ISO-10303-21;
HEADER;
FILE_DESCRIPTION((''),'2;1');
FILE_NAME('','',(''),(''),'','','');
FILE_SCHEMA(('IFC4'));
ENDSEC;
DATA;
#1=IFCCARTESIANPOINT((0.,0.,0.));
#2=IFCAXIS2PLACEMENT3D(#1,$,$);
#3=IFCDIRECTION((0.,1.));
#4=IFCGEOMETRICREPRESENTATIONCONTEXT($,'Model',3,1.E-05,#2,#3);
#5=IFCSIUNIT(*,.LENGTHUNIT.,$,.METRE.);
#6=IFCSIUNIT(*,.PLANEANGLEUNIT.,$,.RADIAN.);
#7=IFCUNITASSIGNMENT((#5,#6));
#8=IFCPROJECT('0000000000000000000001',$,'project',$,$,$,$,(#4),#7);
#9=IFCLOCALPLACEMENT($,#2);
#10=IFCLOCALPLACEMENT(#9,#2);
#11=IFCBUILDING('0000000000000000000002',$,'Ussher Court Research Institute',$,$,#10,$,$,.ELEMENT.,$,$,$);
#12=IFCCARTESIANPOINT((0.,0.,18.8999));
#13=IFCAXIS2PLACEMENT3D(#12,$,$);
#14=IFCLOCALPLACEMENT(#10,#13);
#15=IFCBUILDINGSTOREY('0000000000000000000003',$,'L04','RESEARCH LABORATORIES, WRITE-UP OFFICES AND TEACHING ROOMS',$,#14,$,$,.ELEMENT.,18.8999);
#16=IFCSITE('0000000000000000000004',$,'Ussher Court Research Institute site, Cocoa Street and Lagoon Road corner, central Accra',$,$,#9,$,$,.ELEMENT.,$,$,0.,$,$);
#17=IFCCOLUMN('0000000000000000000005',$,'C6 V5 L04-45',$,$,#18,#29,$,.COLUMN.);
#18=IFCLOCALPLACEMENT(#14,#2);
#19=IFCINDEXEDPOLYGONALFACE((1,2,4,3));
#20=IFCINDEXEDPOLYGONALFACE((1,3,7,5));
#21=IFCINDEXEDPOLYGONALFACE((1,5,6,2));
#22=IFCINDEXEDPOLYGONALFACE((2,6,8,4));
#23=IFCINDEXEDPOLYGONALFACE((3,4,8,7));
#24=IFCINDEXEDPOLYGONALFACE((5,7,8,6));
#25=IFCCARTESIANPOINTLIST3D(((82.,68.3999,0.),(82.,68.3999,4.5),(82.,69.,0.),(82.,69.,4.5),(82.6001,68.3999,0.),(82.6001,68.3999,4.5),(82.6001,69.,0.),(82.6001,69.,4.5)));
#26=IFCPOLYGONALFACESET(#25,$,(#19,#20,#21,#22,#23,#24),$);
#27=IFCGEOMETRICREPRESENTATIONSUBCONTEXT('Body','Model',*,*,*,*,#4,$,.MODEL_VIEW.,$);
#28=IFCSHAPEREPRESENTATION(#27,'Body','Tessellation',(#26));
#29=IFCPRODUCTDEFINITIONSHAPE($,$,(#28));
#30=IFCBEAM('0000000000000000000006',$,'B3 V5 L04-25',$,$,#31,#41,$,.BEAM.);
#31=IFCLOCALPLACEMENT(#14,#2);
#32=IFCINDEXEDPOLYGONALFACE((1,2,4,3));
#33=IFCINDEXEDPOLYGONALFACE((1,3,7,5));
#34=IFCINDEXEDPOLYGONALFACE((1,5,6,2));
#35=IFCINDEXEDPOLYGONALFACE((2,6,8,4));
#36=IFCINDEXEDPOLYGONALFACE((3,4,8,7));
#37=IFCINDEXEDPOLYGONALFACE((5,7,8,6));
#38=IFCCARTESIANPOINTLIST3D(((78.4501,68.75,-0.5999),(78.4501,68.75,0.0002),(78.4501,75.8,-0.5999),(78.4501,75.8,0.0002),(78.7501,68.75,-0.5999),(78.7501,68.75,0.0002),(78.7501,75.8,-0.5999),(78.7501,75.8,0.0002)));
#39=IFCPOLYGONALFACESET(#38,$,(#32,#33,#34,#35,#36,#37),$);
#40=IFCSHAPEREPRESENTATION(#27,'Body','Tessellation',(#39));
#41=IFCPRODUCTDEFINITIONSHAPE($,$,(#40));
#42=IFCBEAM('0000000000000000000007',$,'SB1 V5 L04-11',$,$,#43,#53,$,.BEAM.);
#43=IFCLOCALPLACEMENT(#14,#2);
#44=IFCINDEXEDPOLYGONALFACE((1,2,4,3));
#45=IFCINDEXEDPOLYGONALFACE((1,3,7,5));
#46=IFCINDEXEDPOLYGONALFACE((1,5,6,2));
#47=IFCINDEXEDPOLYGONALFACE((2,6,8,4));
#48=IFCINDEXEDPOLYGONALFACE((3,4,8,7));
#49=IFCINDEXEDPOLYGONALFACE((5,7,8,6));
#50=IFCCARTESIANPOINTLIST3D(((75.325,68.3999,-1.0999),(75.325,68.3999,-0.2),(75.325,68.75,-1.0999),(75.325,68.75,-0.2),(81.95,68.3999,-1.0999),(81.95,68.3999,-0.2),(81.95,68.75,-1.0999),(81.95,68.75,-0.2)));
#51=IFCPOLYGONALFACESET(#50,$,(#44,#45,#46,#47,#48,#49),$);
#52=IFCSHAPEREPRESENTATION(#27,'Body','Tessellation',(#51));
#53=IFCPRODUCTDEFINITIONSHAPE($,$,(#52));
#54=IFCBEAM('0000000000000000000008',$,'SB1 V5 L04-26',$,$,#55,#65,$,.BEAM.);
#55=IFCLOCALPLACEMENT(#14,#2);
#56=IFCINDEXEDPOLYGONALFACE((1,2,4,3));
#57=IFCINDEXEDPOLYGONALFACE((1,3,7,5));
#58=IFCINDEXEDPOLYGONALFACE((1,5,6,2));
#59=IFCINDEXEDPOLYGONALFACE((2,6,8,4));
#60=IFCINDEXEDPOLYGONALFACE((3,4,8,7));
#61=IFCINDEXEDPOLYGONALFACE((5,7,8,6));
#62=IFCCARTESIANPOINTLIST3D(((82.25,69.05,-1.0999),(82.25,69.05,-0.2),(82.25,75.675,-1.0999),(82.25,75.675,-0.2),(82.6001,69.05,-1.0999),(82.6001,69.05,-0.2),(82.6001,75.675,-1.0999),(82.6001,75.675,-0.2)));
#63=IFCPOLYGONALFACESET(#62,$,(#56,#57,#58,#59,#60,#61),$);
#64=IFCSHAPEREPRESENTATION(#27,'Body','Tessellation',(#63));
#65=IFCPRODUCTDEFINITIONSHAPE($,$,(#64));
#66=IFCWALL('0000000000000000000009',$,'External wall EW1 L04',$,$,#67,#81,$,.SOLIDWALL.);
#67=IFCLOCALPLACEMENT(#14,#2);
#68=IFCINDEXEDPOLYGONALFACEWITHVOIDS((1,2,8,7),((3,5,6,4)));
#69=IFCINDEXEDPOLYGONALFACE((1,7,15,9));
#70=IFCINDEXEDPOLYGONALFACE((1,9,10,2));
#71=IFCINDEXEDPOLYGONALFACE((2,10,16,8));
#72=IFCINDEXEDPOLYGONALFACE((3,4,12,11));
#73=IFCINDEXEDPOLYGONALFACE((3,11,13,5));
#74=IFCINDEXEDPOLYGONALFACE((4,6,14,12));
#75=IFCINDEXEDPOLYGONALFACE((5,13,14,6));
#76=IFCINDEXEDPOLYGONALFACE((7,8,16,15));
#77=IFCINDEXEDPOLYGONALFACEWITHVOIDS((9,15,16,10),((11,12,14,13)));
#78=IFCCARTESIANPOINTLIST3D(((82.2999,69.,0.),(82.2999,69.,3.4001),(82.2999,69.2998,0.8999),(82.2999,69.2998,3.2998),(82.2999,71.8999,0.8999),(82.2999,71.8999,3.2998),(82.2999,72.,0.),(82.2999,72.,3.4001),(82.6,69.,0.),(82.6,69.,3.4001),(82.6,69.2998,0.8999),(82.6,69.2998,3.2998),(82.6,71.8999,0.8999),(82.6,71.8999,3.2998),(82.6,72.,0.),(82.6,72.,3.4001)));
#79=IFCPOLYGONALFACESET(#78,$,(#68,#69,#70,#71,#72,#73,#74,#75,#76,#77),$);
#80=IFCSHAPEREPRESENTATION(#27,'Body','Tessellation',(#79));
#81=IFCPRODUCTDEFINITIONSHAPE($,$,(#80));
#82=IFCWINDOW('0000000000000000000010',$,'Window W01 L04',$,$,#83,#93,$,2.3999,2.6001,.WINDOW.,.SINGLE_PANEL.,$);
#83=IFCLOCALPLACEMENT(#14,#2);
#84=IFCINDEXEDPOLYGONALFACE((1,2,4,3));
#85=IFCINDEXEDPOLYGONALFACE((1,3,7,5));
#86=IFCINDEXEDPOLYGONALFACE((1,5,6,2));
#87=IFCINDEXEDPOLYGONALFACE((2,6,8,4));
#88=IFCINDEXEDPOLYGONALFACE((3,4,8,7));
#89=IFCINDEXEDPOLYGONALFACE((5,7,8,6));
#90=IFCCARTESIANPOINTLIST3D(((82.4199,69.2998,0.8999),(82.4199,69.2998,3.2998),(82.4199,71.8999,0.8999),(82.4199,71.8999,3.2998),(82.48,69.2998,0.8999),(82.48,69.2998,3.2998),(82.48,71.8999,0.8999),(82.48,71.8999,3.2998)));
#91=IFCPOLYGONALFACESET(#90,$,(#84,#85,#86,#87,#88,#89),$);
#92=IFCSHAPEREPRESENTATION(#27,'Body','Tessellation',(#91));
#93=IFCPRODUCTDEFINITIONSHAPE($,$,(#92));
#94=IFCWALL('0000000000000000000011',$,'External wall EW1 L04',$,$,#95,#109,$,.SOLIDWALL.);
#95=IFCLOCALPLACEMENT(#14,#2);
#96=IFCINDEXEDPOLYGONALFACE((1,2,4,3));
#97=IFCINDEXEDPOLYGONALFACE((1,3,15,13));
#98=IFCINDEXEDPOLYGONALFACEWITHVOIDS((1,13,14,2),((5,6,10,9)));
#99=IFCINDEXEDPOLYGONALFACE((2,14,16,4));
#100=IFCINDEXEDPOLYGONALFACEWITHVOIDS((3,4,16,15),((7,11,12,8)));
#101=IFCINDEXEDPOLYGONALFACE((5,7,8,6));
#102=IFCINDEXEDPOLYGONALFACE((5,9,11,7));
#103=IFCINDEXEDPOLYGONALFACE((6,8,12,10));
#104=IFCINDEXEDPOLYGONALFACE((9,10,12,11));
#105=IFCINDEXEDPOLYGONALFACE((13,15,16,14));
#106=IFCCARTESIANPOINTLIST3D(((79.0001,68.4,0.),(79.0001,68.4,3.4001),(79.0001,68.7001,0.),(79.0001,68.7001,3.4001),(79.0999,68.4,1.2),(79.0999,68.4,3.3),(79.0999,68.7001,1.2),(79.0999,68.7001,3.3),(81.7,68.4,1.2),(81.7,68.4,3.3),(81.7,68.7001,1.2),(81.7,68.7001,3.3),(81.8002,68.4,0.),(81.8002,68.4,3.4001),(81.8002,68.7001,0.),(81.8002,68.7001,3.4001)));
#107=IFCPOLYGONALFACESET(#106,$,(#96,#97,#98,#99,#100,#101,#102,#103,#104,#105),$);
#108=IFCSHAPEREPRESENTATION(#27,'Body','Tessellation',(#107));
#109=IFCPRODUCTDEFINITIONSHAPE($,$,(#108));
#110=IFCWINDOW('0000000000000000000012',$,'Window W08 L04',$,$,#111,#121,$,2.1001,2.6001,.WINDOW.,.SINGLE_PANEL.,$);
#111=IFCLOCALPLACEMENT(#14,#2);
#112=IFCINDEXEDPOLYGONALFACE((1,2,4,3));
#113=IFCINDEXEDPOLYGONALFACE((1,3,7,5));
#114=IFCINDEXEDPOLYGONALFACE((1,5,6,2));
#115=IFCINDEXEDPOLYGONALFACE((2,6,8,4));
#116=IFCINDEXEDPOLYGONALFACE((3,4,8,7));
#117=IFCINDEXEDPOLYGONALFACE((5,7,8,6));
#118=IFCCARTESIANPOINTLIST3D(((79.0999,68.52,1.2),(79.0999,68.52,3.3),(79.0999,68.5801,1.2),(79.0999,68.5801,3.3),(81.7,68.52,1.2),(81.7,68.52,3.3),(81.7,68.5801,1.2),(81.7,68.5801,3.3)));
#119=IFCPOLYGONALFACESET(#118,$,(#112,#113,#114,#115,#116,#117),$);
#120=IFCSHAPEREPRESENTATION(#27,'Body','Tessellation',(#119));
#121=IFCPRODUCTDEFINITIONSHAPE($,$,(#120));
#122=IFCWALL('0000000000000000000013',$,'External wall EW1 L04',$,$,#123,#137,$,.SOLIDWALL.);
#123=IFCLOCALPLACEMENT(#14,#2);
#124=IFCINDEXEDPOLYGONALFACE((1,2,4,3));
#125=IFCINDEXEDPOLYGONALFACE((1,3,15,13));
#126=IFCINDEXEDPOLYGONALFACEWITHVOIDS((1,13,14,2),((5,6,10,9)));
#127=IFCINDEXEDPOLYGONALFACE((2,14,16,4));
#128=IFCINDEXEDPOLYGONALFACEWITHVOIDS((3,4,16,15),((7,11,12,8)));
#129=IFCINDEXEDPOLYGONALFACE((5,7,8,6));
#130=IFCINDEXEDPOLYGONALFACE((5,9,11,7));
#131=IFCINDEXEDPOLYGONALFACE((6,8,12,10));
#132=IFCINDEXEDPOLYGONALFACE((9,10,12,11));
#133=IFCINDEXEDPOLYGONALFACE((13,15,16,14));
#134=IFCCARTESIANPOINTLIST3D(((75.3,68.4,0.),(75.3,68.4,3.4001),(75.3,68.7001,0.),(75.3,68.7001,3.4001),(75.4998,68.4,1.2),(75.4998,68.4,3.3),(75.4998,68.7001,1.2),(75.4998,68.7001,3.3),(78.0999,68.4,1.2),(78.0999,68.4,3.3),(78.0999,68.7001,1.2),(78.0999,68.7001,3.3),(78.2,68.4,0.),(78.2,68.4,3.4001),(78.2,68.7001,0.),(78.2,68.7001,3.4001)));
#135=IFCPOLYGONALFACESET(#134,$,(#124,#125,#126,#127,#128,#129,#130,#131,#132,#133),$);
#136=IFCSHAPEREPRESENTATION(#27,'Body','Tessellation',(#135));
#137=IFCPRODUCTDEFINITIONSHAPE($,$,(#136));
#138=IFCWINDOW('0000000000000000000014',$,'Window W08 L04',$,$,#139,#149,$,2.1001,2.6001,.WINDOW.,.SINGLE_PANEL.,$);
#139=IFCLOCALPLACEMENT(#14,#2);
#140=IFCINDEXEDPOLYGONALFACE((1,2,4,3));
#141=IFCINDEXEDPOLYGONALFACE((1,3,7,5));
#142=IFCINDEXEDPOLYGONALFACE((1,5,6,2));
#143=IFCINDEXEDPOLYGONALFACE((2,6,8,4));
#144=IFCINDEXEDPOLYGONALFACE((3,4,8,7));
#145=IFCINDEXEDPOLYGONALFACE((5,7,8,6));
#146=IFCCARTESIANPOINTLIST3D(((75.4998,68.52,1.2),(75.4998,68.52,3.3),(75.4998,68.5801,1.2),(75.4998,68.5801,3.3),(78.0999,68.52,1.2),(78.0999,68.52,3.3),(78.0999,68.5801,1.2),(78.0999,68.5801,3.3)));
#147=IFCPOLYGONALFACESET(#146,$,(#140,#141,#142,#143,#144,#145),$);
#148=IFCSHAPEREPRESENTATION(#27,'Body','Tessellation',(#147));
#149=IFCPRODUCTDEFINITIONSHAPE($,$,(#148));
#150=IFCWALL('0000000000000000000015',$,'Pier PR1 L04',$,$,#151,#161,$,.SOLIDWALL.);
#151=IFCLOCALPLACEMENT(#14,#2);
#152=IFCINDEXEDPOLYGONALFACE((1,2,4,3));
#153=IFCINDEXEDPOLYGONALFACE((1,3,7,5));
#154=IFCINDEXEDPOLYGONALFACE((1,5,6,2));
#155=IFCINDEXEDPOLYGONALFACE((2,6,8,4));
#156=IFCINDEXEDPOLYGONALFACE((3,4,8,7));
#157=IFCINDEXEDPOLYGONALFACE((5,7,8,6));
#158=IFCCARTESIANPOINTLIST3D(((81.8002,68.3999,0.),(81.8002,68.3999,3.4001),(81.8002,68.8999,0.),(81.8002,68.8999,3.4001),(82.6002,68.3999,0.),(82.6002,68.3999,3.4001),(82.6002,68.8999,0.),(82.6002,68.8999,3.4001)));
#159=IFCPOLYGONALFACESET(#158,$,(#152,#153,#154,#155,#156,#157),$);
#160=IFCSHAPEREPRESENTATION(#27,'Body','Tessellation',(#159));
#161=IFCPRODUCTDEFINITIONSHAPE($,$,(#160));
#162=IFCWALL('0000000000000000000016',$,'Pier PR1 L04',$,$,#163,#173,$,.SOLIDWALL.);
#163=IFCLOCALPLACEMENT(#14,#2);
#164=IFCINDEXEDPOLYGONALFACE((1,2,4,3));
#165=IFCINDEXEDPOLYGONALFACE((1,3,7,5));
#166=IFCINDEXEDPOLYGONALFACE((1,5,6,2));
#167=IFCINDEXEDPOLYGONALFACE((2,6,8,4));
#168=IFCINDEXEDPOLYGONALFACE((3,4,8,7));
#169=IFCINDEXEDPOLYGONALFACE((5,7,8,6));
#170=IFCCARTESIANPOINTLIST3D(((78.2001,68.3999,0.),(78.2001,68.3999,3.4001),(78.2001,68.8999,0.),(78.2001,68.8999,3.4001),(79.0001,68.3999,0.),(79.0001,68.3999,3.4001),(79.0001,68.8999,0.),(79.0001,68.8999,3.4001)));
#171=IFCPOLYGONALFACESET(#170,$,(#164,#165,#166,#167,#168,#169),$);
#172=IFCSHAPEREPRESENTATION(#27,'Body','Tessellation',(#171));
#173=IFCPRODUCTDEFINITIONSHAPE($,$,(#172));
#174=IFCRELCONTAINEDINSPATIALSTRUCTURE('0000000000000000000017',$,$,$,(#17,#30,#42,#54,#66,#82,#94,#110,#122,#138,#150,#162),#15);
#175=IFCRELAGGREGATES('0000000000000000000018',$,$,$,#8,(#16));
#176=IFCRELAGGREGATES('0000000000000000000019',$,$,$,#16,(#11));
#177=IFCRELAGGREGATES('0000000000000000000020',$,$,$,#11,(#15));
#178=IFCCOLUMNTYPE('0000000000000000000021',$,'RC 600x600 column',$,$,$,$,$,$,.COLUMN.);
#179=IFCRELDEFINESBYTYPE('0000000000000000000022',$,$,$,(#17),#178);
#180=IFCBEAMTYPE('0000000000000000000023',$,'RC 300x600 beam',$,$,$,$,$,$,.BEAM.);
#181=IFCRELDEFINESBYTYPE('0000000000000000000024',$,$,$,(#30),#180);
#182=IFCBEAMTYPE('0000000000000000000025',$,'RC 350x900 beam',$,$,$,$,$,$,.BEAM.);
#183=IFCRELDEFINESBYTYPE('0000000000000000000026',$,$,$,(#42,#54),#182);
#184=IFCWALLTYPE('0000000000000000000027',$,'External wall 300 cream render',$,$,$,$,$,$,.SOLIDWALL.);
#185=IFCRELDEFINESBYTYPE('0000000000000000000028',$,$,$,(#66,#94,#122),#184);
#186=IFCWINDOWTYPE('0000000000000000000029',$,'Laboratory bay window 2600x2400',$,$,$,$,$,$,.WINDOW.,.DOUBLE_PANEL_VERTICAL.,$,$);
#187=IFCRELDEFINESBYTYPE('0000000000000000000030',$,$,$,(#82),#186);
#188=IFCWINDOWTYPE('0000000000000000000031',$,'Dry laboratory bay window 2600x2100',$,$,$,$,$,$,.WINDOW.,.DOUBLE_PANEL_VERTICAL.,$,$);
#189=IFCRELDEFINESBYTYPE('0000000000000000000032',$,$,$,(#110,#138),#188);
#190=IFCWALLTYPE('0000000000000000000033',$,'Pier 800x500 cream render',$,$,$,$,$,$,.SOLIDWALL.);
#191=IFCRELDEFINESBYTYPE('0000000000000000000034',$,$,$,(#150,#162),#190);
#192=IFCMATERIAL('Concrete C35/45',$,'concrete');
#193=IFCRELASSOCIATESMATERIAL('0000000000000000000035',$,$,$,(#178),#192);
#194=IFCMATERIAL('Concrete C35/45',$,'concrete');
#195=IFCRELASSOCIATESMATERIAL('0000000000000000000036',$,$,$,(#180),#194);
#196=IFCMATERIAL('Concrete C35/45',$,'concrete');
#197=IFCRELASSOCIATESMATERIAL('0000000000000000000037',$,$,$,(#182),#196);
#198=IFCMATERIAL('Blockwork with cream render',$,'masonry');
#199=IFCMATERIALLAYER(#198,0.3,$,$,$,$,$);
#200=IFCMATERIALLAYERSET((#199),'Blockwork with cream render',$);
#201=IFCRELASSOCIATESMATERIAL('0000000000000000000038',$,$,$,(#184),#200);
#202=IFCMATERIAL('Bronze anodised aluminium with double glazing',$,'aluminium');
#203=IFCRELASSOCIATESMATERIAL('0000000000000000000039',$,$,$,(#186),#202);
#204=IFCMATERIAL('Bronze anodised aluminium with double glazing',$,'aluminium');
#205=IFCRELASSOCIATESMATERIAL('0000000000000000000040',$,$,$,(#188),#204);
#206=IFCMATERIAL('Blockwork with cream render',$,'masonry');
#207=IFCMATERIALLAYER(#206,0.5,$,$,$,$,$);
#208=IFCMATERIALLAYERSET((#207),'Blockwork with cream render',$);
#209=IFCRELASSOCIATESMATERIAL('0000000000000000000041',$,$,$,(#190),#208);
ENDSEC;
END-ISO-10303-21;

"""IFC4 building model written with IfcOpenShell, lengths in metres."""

from ifc_helpers import new_model, si_unit, direction, frame, frame_2d, origin, origin_2d, place, context, subcontext, project, spatial, rectangle, extrude, material, layer, layer_set, material_profile, profile_set, type_object, element, fill, save


model = new_model("IFC4")

# Units and contexts
model_context = context("Model", 3, precision=1e-05, world=origin(), true_north=direction((0.0, 1.0)))
body_context = subcontext(model_context, "Body", "Model", "MODEL_VIEW")
ifc_project = project(units=[si_unit("LENGTHUNIT", "METRE"), si_unit("PLANEANGLEUNIT", "RADIAN")], contexts=[model_context])

# Site, building, storey
site_placement = place(None, origin())
site = spatial("IfcSite", under=ifc_project, at=site_placement, Name="Ussher Court Research Institute site, Cocoa Street and Lagoon Road corner, central Accra", CompositionType="ELEMENT", RefElevation=0.0)
building_placement = place(site_placement, origin())
building = spatial("IfcBuilding", under=site, at=building_placement, Name="Ussher Court Research Institute", CompositionType="ELEMENT")
storey_placement = place(building_placement, frame((0.0, 0.0, 18.8999)))
storey = spatial("IfcBuildingStorey", under=building, at=storey_placement, Name="L04", Description="RESEARCH LABORATORIES, WRITE-UP OFFICES AND TEACHING ROOMS", CompositionType="ELEMENT", Elevation=18.8999)

# Column
ifc_material_1 = material(Name="Concrete C35/45", Category="concrete")
ifc_material_profile_1 = material_profile(ifc_material_1, rectangle(XDim=0.6001, YDim=0.6001, at=origin_2d()), Name="RC 600x600")
ifc_profile_set_1 = profile_set([ifc_material_profile_1], Name="Concrete C35/45")
column_type = type_object("IfcColumnType", Name="RC 600x600 column", PredefinedType="COLUMN", material=ifc_profile_set_1)
column_placement = place(storey_placement, frame((82.3, 68.7, 0.0), z_axis=(0.0, 0.0, 1.0), x_axis=(1.0, 0.0, 0.0)))
element("IfcColumn", 1, at=column_placement, inside=storey, type_object=column_type, Name="C6 V5 L04-45", PredefinedType="COLUMN", context=body_context, shape_type="SweptSolid", body=[
    extrude(rectangle(XDim=0.6001, YDim=0.6001, at=origin_2d()), origin(), (0.0, 0.0, 1.0), 4.5),
])

# Beams
ifc_material_2 = material(Name="Concrete C35/45", Category="concrete")
ifc_material_profile_2 = material_profile(ifc_material_2, rectangle(XDim=0.3, YDim=0.6001, at=origin_2d()), Name="RC 300x600")
ifc_profile_set_2 = profile_set([ifc_material_profile_2], Name="Concrete C35/45")
beam_type_1 = type_object("IfcBeamType", Name="RC 300x600 beam", PredefinedType="BEAM", material=ifc_profile_set_2)
beam_placement = place(storey_placement, frame((78.6001, 68.75, -0.2998), z_axis=(0.0, 1.0, 0.0), x_axis=(-1.0, 0.0, 0.0)))
element("IfcBeam", 2, at=beam_placement, inside=storey, type_object=beam_type_1, Name="B3 V5 L04-25", PredefinedType="BEAM", context=body_context, shape_type="SweptSolid", body=[
    extrude(rectangle(XDim=0.3, YDim=0.6001, at=origin_2d()), origin(), (0.0, 0.0, 1.0), 7.05),
])
ifc_material_3 = material(Name="Concrete C35/45", Category="concrete")
ifc_material_profile_3 = material_profile(ifc_material_3, rectangle(XDim=0.3501, YDim=0.8999, at=origin_2d()), Name="RC 350x900")
ifc_profile_set_3 = profile_set([ifc_material_profile_3], Name="Concrete C35/45")
beam_type_2 = type_object("IfcBeamType", Name="RC 350x900 beam", PredefinedType="BEAM", material=ifc_profile_set_3)
for number, where, z_axis, x_axis, name in (
    (3, (75.325, 68.575, -0.6499), (1.0, 0.0, 0.0), (0.0, 1.0, 0.0), "SB1 V5 L04-11"),
    (4, (82.425, 69.05, -0.6499), (0.0, 1.0, 0.0), (-1.0, 0.0, 0.0), "SB1 V5 L04-26"),
):
    element("IfcBeam", number, at=place(storey_placement, frame(where, z_axis=z_axis, x_axis=x_axis)), inside=storey, type_object=beam_type_2, Name=name, PredefinedType="BEAM", context=body_context, shape_type="SweptSolid", body=[
        extrude(rectangle(XDim=0.3501, YDim=0.8999, at=origin_2d()), origin(), (0.0, 0.0, 1.0), 6.625),
    ])

# Walls, openings, windows
ifc_material_4 = material(Name="Blockwork with cream render", Category="masonry")
ifc_layer_1 = layer(ifc_material_4, 0.3)
ifc_layer_set_1 = layer_set([ifc_layer_1], Name="Blockwork with cream render")
wall_type_1 = type_object("IfcWallType", Name="External wall 300 cream render", PredefinedType="SOLIDWALL", material=ifc_layer_set_1)
wall_1_placement = place(storey_placement, frame((82.45, 72.0, 0.0), z_axis=(0.0, 0.0, 1.0), x_axis=(0.0, -1.0, 0.0)))
wall_1 = element("IfcWall", 5, at=wall_1_placement, inside=storey, type_object=wall_type_1, Name="External wall EW1 L04", PredefinedType="SOLIDWALL", context=body_context, shape_type="SweptSolid", body=[
    extrude(rectangle(XDim=3.0, YDim=0.3, at=frame_2d((1.5, 0.0))), origin(), (0.0, 0.0, 1.0), 3.4001),
])
opening_1_placement = place(wall_1_placement, frame((0.1001, 0.0, 0.8999)))
opening_1 = element("IfcOpeningElement", 6, at=opening_1_placement, cuts=wall_1, PredefinedType="OPENING", context=body_context, shape_type="SweptSolid", body=[
    extrude(rectangle(XDim=2.6001, YDim=2.3999, at=frame_2d((1.3, 1.2))), frame((0.0, 0.1602, 0.0), z_axis=(0.0, -1.0, 0.0), x_axis=(1.0, 0.0, 0.0)), (0.0, 0.0, 1.0), 0.3201),
])
ifc_material_5 = material(Name="Bronze anodised aluminium with double glazing", Category="aluminium")
window_type_1 = type_object("IfcWindowType", Name="Laboratory bay window 2600x2400", PartitioningType="DOUBLE_PANEL_VERTICAL", PredefinedType="WINDOW", material=ifc_material_5)
window_1_placement = place(opening_1_placement, origin())
window_1 = element("IfcWindow", 7, at=window_1_placement, inside=storey, type_object=window_type_1, Name="Window W01 L04", OverallHeight=2.3999, OverallWidth=2.6001, PartitioningType="SINGLE_PANEL", PredefinedType="WINDOW", context=body_context, shape_type="SweptSolid", body=[
    extrude(rectangle(XDim=2.6001, YDim=2.3999, at=frame_2d((1.3, 1.2))), frame((0.0, 0.03, 0.0), z_axis=(0.0, -1.0, 0.0), x_axis=(1.0, 0.0, 0.0)), (0.0, 0.0, 1.0), 0.0601),
])
fill(opening_1, window_1)
wall_2_placement = place(storey_placement, frame((81.8, 68.55, 0.0), z_axis=(0.0, 0.0, 1.0), x_axis=(-1.0, 0.0, 0.0)))
wall_2 = element("IfcWall", 8, at=wall_2_placement, inside=storey, type_object=wall_type_1, Name="External wall EW1 L04", PredefinedType="SOLIDWALL", context=body_context, shape_type="SweptSolid", body=[
    extrude(rectangle(XDim=2.8, YDim=0.3, at=frame_2d((1.3999, 0.0))), origin(), (0.0, 0.0, 1.0), 3.4001),
])
opening_2_placement = place(wall_2_placement, frame((0.1001, 0.0, 1.2)))
opening_2 = element("IfcOpeningElement", 9, at=opening_2_placement, cuts=wall_2, PredefinedType="OPENING", context=body_context, shape_type="SweptSolid", body=[
    extrude(rectangle(XDim=2.6001, YDim=2.1001, at=frame_2d((1.3, 1.05))), frame((0.0, 0.1602, 0.0), z_axis=(0.0, -1.0, 0.0), x_axis=(1.0, 0.0, 0.0)), (0.0, 0.0, 1.0), 0.3201),
])
ifc_material_6 = material(Name="Bronze anodised aluminium with double glazing", Category="aluminium")
window_type_2 = type_object("IfcWindowType", Name="Dry laboratory bay window 2600x2100", PartitioningType="DOUBLE_PANEL_VERTICAL", PredefinedType="WINDOW", material=ifc_material_6)
window_2_placement = place(opening_2_placement, origin())
window_2 = element("IfcWindow", 10, at=window_2_placement, inside=storey, type_object=window_type_2, Name="Window W08 L04", OverallHeight=2.1001, OverallWidth=2.6001, PartitioningType="SINGLE_PANEL", PredefinedType="WINDOW", context=body_context, shape_type="SweptSolid", body=[
    extrude(rectangle(XDim=2.6001, YDim=2.1001, at=frame_2d((1.3, 1.05))), frame((0.0, 0.03, 0.0), z_axis=(0.0, -1.0, 0.0), x_axis=(1.0, 0.0, 0.0)), (0.0, 0.0, 1.0), 0.0601),
])
fill(opening_2, window_2)
wall_3_placement = place(storey_placement, frame((78.2, 68.55, 0.0), z_axis=(0.0, 0.0, 1.0), x_axis=(-1.0, 0.0, 0.0)))
wall_3 = element("IfcWall", 11, at=wall_3_placement, inside=storey, type_object=wall_type_1, Name="External wall EW1 L04", PredefinedType="SOLIDWALL", context=body_context, shape_type="SweptSolid", body=[
    extrude(rectangle(XDim=2.8999, YDim=0.3, at=frame_2d((1.45, 0.0))), origin(), (0.0, 0.0, 1.0), 3.4001),
])
opening_3_placement = place(wall_3_placement, frame((0.1001, 0.0, 1.2)))
opening_3 = element("IfcOpeningElement", 12, at=opening_3_placement, cuts=wall_3, PredefinedType="OPENING", context=body_context, shape_type="SweptSolid", body=[
    extrude(rectangle(XDim=2.6001, YDim=2.1001, at=frame_2d((1.3, 1.05))), frame((0.0, 0.1602, 0.0), z_axis=(0.0, -1.0, 0.0), x_axis=(1.0, 0.0, 0.0)), (0.0, 0.0, 1.0), 0.3201),
])
window_3_placement = place(opening_3_placement, origin())
window_3 = element("IfcWindow", 13, at=window_3_placement, inside=storey, type_object=window_type_2, Name="Window W08 L04", OverallHeight=2.1001, OverallWidth=2.6001, PartitioningType="SINGLE_PANEL", PredefinedType="WINDOW", context=body_context, shape_type="SweptSolid", body=[
    extrude(rectangle(XDim=2.6001, YDim=2.1001, at=frame_2d((1.3, 1.05))), frame((0.0, 0.03, 0.0), z_axis=(0.0, -1.0, 0.0), x_axis=(1.0, 0.0, 0.0)), (0.0, 0.0, 1.0), 0.0601),
])
fill(opening_3, window_3)

# Walls
ifc_material_7 = material(Name="Blockwork with cream render", Category="masonry")
ifc_layer_2 = layer(ifc_material_7, 0.5)
ifc_layer_set_2 = layer_set([ifc_layer_2], Name="Blockwork with cream render")
wall_type_2 = type_object("IfcWallType", Name="Pier 800x500 cream render", PredefinedType="SOLIDWALL", material=ifc_layer_set_2)
for number, where, z_axis, x_axis, name in (
    (14, (82.6001, 68.6499, 0.0), (0.0, 0.0, 1.0), (-1.0, 0.0, 0.0), "Pier PR1 L04"),
    (15, (79.0, 68.6499, 0.0), (0.0, 0.0, 1.0), (-1.0, 0.0, 0.0), "Pier PR1 L04"),
):
    element("IfcWall", number, at=place(storey_placement, frame(where, z_axis=z_axis, x_axis=x_axis)), inside=storey, type_object=wall_type_2, Name=name, PredefinedType="SOLIDWALL", context=body_context, shape_type="SweptSolid", body=[
        extrude(rectangle(XDim=0.8, YDim=0.5, at=frame_2d((0.3999, 0.0))), origin(), (0.0, 0.0, 1.0), 3.4001),
    ])

save(model, "model.ifc")
